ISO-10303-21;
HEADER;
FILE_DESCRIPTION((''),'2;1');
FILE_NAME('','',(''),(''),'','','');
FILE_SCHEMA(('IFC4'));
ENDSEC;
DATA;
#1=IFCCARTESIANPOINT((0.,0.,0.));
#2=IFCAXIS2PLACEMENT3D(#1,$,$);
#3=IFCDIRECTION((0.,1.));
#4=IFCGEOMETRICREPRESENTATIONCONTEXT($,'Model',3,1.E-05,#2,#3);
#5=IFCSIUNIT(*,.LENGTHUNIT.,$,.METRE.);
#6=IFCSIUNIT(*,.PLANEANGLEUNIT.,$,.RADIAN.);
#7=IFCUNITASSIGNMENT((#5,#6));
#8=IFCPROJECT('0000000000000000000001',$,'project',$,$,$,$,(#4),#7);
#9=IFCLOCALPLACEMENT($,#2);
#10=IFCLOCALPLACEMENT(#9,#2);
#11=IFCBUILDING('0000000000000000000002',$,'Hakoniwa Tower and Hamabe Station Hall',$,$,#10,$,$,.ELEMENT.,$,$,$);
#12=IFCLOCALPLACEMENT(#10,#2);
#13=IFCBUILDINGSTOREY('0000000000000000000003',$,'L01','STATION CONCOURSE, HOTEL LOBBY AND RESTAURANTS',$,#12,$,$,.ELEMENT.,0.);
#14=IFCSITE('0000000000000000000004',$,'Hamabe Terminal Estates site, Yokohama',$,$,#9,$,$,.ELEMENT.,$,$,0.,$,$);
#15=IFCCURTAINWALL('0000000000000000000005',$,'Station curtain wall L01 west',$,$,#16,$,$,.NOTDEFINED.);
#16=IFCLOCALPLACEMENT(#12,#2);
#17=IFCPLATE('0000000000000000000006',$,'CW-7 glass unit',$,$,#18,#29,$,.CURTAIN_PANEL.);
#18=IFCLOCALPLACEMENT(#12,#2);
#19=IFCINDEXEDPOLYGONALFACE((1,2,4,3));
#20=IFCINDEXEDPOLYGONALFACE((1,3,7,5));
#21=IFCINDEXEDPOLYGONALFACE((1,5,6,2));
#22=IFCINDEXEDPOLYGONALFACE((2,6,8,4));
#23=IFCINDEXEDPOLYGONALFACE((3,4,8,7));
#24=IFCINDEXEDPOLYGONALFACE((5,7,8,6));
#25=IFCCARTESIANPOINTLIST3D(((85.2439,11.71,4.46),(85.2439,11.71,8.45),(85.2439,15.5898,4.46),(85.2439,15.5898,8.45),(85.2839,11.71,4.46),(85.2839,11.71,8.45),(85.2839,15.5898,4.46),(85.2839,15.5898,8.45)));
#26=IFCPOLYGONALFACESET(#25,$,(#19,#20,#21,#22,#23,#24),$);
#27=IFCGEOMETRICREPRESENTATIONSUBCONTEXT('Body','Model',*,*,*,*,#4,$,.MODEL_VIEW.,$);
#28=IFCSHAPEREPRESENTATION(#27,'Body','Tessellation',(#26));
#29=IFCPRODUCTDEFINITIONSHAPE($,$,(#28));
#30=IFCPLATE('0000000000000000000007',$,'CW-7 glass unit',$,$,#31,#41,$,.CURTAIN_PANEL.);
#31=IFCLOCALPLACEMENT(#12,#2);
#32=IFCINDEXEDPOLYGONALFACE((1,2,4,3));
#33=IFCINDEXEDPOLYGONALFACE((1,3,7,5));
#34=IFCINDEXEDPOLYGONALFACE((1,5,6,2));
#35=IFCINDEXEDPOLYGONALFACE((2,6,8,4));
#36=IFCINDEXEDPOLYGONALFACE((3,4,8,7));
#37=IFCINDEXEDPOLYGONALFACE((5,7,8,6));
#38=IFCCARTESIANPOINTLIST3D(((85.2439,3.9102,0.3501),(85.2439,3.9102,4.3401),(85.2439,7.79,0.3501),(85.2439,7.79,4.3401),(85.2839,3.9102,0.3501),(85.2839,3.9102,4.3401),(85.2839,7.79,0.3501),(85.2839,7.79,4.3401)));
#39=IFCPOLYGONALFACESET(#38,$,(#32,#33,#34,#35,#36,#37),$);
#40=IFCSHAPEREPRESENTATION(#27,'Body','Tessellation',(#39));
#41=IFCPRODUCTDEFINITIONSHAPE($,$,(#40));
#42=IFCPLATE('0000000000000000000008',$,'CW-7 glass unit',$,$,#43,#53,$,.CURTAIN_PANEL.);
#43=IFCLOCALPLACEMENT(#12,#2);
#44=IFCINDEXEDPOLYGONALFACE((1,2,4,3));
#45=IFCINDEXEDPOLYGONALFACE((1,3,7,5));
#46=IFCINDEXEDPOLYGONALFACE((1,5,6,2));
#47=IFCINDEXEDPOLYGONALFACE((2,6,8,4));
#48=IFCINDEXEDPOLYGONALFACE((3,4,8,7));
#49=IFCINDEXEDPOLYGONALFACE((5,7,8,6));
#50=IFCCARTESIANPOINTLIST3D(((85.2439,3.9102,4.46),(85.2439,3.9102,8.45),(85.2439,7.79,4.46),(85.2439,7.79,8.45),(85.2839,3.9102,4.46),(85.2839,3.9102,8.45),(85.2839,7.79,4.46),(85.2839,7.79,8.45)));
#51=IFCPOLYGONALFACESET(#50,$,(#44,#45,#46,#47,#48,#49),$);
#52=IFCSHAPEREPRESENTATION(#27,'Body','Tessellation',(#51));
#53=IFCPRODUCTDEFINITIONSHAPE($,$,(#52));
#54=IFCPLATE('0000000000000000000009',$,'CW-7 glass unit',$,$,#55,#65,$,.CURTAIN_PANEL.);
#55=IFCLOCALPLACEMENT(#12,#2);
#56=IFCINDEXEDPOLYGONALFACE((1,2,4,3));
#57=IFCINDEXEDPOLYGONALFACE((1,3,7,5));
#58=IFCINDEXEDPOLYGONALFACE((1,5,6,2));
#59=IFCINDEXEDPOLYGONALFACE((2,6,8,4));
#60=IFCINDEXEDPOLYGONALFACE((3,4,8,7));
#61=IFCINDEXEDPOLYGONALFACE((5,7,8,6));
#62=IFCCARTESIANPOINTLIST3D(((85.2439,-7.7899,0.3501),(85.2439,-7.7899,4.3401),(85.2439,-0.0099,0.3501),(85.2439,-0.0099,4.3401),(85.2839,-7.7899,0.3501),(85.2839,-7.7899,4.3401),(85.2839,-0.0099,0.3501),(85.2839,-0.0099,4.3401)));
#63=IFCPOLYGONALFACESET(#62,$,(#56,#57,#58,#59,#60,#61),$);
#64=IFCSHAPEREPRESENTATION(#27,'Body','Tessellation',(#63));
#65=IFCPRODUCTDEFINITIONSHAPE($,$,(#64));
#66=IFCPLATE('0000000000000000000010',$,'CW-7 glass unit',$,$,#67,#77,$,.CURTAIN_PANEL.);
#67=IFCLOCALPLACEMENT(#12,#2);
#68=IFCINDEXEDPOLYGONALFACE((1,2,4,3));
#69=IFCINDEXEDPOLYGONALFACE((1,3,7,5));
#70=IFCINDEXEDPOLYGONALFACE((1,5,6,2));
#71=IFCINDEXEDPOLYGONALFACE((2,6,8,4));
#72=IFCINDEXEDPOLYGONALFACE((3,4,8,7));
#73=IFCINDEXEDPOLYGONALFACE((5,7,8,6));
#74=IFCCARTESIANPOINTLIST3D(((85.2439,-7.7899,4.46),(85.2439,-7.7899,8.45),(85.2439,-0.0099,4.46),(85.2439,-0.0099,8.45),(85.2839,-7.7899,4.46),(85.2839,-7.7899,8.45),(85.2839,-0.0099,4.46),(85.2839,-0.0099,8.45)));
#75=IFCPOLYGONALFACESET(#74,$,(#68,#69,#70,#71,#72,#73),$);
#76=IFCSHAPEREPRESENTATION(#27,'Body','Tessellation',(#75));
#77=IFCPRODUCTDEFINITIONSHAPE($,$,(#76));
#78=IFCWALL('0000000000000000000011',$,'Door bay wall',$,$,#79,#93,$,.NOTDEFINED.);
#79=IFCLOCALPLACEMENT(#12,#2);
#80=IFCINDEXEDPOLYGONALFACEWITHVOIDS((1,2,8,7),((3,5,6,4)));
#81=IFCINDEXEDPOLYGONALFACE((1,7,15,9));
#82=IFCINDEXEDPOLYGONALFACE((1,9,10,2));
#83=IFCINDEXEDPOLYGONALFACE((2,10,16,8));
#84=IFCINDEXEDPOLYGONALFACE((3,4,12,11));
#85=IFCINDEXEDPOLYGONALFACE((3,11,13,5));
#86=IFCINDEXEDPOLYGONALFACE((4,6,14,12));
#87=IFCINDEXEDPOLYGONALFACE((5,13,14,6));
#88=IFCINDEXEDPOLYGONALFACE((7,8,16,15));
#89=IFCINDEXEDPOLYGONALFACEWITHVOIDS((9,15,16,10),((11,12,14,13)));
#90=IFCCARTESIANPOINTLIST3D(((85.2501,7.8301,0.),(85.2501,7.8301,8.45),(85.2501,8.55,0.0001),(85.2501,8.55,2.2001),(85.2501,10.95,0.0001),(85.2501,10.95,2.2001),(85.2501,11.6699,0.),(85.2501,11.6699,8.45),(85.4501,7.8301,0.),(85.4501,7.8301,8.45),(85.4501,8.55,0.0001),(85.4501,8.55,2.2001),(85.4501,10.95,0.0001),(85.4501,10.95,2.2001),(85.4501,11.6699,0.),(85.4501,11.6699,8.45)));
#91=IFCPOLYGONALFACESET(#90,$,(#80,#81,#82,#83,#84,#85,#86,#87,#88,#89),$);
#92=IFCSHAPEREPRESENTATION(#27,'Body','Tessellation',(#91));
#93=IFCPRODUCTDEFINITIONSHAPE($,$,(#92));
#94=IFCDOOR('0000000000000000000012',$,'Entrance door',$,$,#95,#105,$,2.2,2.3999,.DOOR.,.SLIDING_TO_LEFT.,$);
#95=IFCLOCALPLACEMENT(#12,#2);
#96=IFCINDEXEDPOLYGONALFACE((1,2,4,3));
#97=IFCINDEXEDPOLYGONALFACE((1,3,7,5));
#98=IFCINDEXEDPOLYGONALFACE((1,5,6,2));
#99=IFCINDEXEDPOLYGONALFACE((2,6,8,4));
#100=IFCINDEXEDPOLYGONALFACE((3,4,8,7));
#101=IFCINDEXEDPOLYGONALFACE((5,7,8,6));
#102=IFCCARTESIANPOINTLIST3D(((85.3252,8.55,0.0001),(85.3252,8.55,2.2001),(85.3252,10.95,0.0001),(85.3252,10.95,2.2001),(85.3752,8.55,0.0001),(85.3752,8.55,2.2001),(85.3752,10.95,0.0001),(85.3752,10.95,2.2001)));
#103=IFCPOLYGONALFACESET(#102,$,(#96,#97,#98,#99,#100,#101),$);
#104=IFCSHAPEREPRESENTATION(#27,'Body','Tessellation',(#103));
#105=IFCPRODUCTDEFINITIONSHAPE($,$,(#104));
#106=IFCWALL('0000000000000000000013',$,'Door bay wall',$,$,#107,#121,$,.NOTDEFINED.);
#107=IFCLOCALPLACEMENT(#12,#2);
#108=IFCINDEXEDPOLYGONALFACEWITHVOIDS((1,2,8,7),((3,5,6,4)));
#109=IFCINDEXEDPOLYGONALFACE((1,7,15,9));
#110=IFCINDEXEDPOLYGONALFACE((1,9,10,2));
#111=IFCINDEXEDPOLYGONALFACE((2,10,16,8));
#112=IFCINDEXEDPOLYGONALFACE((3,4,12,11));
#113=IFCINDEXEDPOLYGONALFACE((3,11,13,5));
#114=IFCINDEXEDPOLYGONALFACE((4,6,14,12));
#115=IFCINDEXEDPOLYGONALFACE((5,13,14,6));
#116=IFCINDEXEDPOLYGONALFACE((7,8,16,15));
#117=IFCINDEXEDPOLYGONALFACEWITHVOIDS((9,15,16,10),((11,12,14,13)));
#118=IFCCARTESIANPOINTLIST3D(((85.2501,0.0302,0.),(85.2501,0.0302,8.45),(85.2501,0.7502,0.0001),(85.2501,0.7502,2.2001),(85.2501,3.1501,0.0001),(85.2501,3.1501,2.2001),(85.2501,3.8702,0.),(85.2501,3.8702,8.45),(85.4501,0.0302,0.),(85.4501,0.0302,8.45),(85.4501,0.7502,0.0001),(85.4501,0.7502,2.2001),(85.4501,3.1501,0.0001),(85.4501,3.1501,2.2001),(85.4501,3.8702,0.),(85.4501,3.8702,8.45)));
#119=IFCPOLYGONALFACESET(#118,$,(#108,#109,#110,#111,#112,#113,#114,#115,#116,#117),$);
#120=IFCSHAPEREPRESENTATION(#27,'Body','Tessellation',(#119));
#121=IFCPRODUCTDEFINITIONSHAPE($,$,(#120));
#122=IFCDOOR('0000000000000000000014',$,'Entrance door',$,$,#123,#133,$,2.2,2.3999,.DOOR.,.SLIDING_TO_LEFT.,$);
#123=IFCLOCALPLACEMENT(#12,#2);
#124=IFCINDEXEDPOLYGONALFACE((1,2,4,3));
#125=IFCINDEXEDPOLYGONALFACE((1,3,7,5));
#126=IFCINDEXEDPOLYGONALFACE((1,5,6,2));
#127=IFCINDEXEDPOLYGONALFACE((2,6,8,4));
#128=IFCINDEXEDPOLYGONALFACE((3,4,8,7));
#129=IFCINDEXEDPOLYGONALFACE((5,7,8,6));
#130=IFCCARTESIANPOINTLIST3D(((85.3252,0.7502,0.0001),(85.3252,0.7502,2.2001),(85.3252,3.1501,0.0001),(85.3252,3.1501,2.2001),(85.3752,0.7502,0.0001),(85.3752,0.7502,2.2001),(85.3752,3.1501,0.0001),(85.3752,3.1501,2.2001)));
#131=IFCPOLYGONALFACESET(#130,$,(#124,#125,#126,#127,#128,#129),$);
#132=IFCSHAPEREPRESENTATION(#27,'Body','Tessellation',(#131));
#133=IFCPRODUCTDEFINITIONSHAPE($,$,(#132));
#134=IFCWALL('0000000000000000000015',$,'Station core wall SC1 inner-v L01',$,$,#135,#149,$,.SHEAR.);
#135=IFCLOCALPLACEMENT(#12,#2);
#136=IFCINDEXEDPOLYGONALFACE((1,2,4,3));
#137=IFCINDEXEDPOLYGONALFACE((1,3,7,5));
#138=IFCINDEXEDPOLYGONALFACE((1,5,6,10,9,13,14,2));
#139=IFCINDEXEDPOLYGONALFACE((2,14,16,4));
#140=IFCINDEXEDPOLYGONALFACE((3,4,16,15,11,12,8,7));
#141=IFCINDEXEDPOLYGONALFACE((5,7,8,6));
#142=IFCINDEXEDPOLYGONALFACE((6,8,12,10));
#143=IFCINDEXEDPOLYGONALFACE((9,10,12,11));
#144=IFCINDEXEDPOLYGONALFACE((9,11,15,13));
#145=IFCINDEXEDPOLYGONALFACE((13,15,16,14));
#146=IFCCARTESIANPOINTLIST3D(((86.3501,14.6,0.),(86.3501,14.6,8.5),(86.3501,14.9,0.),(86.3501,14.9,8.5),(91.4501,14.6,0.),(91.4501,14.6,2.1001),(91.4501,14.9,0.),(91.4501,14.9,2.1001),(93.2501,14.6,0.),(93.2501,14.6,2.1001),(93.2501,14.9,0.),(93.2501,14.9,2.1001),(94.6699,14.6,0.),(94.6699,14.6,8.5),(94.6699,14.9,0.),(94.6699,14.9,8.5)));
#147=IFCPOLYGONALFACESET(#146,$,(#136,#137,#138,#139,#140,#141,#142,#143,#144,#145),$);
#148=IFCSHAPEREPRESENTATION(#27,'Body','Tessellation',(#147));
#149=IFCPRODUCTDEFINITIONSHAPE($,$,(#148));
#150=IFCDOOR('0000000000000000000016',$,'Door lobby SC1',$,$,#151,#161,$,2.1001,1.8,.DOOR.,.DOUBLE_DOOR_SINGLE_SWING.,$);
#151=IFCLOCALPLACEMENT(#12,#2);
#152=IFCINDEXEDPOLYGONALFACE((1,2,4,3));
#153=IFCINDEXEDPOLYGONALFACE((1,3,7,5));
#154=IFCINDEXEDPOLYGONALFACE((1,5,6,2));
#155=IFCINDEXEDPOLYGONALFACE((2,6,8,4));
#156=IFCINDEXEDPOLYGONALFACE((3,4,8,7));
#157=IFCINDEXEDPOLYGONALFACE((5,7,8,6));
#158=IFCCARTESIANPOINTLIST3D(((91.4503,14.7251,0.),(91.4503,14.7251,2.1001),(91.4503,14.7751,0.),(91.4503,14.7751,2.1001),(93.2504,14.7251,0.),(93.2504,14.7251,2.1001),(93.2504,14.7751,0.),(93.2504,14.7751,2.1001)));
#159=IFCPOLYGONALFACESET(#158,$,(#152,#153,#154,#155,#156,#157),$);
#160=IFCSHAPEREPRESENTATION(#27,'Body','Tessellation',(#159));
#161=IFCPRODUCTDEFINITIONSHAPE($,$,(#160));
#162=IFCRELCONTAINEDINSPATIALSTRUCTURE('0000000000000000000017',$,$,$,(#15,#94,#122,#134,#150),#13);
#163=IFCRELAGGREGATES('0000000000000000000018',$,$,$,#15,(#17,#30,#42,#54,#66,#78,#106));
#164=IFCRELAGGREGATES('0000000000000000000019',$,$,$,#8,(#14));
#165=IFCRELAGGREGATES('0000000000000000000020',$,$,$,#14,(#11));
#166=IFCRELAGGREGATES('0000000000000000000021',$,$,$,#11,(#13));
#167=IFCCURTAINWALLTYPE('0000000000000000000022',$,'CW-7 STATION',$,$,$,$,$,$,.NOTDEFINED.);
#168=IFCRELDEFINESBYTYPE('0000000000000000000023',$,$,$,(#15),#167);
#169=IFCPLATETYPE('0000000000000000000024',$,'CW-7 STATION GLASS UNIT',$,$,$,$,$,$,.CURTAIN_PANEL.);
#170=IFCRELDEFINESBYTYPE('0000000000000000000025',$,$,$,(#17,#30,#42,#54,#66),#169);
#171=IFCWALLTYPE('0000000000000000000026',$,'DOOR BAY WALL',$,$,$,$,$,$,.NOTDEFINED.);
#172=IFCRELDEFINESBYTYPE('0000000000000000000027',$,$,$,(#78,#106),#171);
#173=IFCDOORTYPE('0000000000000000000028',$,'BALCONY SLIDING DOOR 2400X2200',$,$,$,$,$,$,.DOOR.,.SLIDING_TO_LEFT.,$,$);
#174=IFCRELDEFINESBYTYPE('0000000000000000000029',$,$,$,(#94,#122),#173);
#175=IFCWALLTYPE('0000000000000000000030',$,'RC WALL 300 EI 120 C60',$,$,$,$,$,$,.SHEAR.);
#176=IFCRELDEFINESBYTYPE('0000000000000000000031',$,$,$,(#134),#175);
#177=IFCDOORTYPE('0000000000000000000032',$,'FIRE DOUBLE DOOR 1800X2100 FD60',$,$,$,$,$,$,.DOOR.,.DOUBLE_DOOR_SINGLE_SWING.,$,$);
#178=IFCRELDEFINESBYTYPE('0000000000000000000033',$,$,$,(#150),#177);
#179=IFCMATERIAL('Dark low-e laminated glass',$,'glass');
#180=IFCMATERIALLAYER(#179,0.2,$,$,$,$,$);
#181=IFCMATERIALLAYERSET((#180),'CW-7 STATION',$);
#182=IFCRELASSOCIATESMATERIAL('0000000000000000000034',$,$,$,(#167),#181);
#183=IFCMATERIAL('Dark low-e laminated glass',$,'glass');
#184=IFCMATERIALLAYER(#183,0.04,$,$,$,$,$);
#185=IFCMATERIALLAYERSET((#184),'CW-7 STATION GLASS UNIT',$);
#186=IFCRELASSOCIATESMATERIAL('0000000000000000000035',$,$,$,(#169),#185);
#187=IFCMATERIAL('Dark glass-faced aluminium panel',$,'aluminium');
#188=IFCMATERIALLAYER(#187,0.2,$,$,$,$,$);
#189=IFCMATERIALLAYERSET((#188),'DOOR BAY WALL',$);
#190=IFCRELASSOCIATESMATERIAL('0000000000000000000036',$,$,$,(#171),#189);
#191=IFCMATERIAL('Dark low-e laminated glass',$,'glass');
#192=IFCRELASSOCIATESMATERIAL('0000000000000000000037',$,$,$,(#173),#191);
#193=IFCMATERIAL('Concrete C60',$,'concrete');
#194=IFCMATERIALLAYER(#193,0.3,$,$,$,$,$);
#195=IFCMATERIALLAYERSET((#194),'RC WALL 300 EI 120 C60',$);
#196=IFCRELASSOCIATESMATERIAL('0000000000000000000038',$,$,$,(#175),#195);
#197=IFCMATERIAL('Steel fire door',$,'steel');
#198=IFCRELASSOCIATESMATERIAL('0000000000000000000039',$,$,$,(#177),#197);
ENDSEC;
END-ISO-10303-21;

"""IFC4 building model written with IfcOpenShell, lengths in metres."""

from ifc_helpers import new_model, si_unit, direction, frame, frame_2d, origin, origin_2d, place, context, subcontext, project, spatial, rectangle, extrude, material, layer, layer_set, type_object, element, fill, aggregate, save


model = new_model("IFC4")

# Units and contexts
model_context = context("Model", 3, precision=1e-05, world=origin(), true_north=direction((0.0, 1.0)))
body_context = subcontext(model_context, "Body", "Model", "MODEL_VIEW")
ifc_project = project(units=[si_unit("LENGTHUNIT", "METRE"), si_unit("PLANEANGLEUNIT", "RADIAN")], contexts=[model_context])

# Site, building, storey
site_placement = place(None, origin())
site = spatial("IfcSite", under=ifc_project, at=site_placement, Name="Hamabe Terminal Estates site, Yokohama", CompositionType="ELEMENT", RefElevation=0.0)
building_placement = place(site_placement, origin())
building = spatial("IfcBuilding", under=site, at=building_placement, Name="Hakoniwa Tower and Hamabe Station Hall", CompositionType="ELEMENT")
storey_placement = place(building_placement, origin())
storey = spatial("IfcBuildingStorey", under=building, at=storey_placement, Name="L01", Description="STATION CONCOURSE, HOTEL LOBBY AND RESTAURANTS", CompositionType="ELEMENT", Elevation=0.0)

# Curtain wall, plates, walls, openings, doors
ifc_material_1 = material(Name="Dark low-e laminated glass", Category="glass")
ifc_layer_1 = layer(ifc_material_1, 0.2)
ifc_layer_set_1 = layer_set([ifc_layer_1], Name="CW-7 STATION")
curtain_wall_type = type_object("IfcCurtainWallType", Name="CW-7 STATION", PredefinedType="NOTDEFINED", material=ifc_layer_set_1)
curtain_wall_placement = place(storey_placement, origin())
curtain_wall = element("IfcCurtainWall", 1, at=curtain_wall_placement, inside=storey, type_object=curtain_wall_type, Name="Station curtain wall L01 west", PredefinedType="NOTDEFINED")
ifc_material_2 = material(Name="Dark low-e laminated glass", Category="glass")
ifc_layer_2 = layer(ifc_material_2, 0.04)
ifc_layer_set_2 = layer_set([ifc_layer_2], Name="CW-7 STATION GLASS UNIT")
plate_type = type_object("IfcPlateType", Name="CW-7 STATION GLASS UNIT", PredefinedType="CURTAIN_PANEL", material=ifc_layer_set_2)
plate_1_placement = place(storey_placement, frame((85.2639, 13.6499, 4.46), z_axis=(0.0, 0.0, 1.0), x_axis=(0.0, -1.0, 0.0)))
plate_1 = element("IfcPlate", 2, at=plate_1_placement, type_object=plate_type, Name="CW-7 glass unit", PredefinedType="CURTAIN_PANEL", context=body_context, shape_type="SweptSolid", body=[
    extrude(rectangle(XDim=3.8799, YDim=0.04, at=origin_2d()), origin(), (0.0, 0.0, 1.0), 3.99),
])
plate_2_placement = place(storey_placement, frame((85.2639, 5.8501, 0.3501), z_axis=(0.0, 0.0, 1.0), x_axis=(0.0, -1.0, 0.0)))
plate_2 = element("IfcPlate", 3, at=plate_2_placement, type_object=plate_type, Name="CW-7 glass unit", PredefinedType="CURTAIN_PANEL", context=body_context, shape_type="SweptSolid", body=[
    extrude(rectangle(XDim=3.8799, YDim=0.04, at=origin_2d()), origin(), (0.0, 0.0, 1.0), 3.99),
])
plate_3_placement = place(storey_placement, frame((85.2639, 5.8501, 4.46), z_axis=(0.0, 0.0, 1.0), x_axis=(0.0, -1.0, 0.0)))
plate_3 = element("IfcPlate", 4, at=plate_3_placement, type_object=plate_type, Name="CW-7 glass unit", PredefinedType="CURTAIN_PANEL", context=body_context, shape_type="SweptSolid", body=[
    extrude(rectangle(XDim=3.8799, YDim=0.04, at=origin_2d()), origin(), (0.0, 0.0, 1.0), 3.99),
])
plate_4_placement = place(storey_placement, frame((85.2639, -3.8999, 0.3501), z_axis=(0.0, 0.0, 1.0), x_axis=(0.0, -1.0, 0.0)))
plate_4 = element("IfcPlate", 5, at=plate_4_placement, type_object=plate_type, Name="CW-7 glass unit", PredefinedType="CURTAIN_PANEL", context=body_context, shape_type="SweptSolid", body=[
    extrude(rectangle(XDim=7.78, YDim=0.04, at=origin_2d()), origin(), (0.0, 0.0, 1.0), 3.99),
])
plate_5_placement = place(storey_placement, frame((85.2639, -3.8999, 4.46), z_axis=(0.0, 0.0, 1.0), x_axis=(0.0, -1.0, 0.0)))
plate_5 = element("IfcPlate", 6, at=plate_5_placement, type_object=plate_type, Name="CW-7 glass unit", PredefinedType="CURTAIN_PANEL", context=body_context, shape_type="SweptSolid", body=[
    extrude(rectangle(XDim=7.78, YDim=0.04, at=origin_2d()), origin(), (0.0, 0.0, 1.0), 3.99),
])
ifc_material_3 = material(Name="Dark glass-faced aluminium panel", Category="aluminium")
ifc_layer_3 = layer(ifc_material_3, 0.2)
ifc_layer_set_3 = layer_set([ifc_layer_3], Name="DOOR BAY WALL")
wall_type_1 = type_object("IfcWallType", Name="DOOR BAY WALL", PredefinedType="NOTDEFINED", material=ifc_layer_set_3)
wall_1_placement = place(storey_placement, frame((85.3501, 11.6699, 0.0), z_axis=(0.0, 0.0, 1.0), x_axis=(0.0, -1.0, 0.0)))
wall_1 = element("IfcWall", 7, at=wall_1_placement, type_object=wall_type_1, Name="Door bay wall", PredefinedType="NOTDEFINED", context=body_context, shape_type="SweptSolid", body=[
    extrude(rectangle(XDim=3.8398, YDim=0.2, at=frame_2d((1.9199, 0.0))), origin(), (0.0, 0.0, 1.0), 8.45),
])
opening_1_placement = place(wall_1_placement, frame((0.72, 0.0, 0.0)))
opening_1 = element("IfcOpeningElement", 8, at=opening_1_placement, cuts=wall_1, PredefinedType="OPENING", context=body_context, shape_type="SweptSolid", body=[
    extrude(rectangle(XDim=2.3999, YDim=2.2, at=frame_2d((1.2, 1.1001))), frame((0.0, 0.1099, 0.0), z_axis=(0.0, -1.0, 0.0), x_axis=(1.0, 0.0, 0.0)), (0.0, 0.0, 1.0), 0.22),
])
ifc_material_4 = material(Name="Dark low-e laminated glass", Category="glass")
door_type_1 = type_object("IfcDoorType", Name="BALCONY SLIDING DOOR 2400X2200", OperationType="SLIDING_TO_LEFT", PredefinedType="DOOR", material=ifc_material_4)
door_1_placement = place(opening_1_placement, frame((2.3999, 0.0, 0.0), z_axis=(0.0, 0.0, 1.0), x_axis=(-1.0, 0.0, 0.0)))
door_1 = element("IfcDoor", 9, at=door_1_placement, inside=storey, type_object=door_type_1, Name="Entrance door", OperationType="SLIDING_TO_LEFT", OverallHeight=2.2, OverallWidth=2.3999, PredefinedType="DOOR", context=body_context, shape_type="SweptSolid", body=[
    extrude(rectangle(XDim=2.3999, YDim=2.2, at=frame_2d((1.2, 1.1001))), frame((0.0, 0.0249, 0.0), z_axis=(0.0, -1.0, 0.0), x_axis=(1.0, 0.0, 0.0)), (0.0, 0.0, 1.0), 0.05),
])
fill(opening_1, door_1)
wall_2_placement = place(storey_placement, frame((85.3501, 3.8701, 0.0), z_axis=(0.0, 0.0, 1.0), x_axis=(0.0, -1.0, 0.0)))
wall_2 = element("IfcWall", 10, at=wall_2_placement, type_object=wall_type_1, Name="Door bay wall", PredefinedType="NOTDEFINED", context=body_context, shape_type="SweptSolid", body=[
    extrude(rectangle(XDim=3.8401, YDim=0.2, at=frame_2d((1.9199, 0.0))), origin(), (0.0, 0.0, 1.0), 8.45),
])
opening_2_placement = place(wall_2_placement, frame((0.72, 0.0, 0.0)))
opening_2 = element("IfcOpeningElement", 11, at=opening_2_placement, cuts=wall_2, PredefinedType="OPENING", context=body_context, shape_type="SweptSolid", body=[
    extrude(rectangle(XDim=2.3999, YDim=2.2, at=frame_2d((1.2, 1.1001))), frame((0.0, 0.1099, 0.0), z_axis=(0.0, -1.0, 0.0), x_axis=(1.0, 0.0, 0.0)), (0.0, 0.0, 1.0), 0.22),
])
door_2_placement = place(opening_2_placement, frame((2.3999, 0.0, 0.0), z_axis=(0.0, 0.0, 1.0), x_axis=(-1.0, 0.0, 0.0)))
door_2 = element("IfcDoor", 12, at=door_2_placement, inside=storey, type_object=door_type_1, Name="Entrance door", OperationType="SLIDING_TO_LEFT", OverallHeight=2.2, OverallWidth=2.3999, PredefinedType="DOOR", context=body_context, shape_type="SweptSolid", body=[
    extrude(rectangle(XDim=2.3999, YDim=2.2, at=frame_2d((1.2, 1.1001))), frame((0.0, 0.0249, 0.0), z_axis=(0.0, -1.0, 0.0), x_axis=(1.0, 0.0, 0.0)), (0.0, 0.0, 1.0), 0.05),
])
fill(opening_2, door_2)
aggregate(curtain_wall, [plate_1, plate_2, plate_3, plate_4, plate_5, wall_1, wall_2])

# Wall, opening, door
ifc_material_5 = material(Name="Concrete C60", Category="concrete")
ifc_layer_4 = layer(ifc_material_5, 0.3)
ifc_layer_set_4 = layer_set([ifc_layer_4], Name="RC WALL 300 EI 120 C60")
wall_type_2 = type_object("IfcWallType", Name="RC WALL 300 EI 120 C60", PredefinedType="SHEAR", material=ifc_layer_set_4)
wall_3_placement = place(storey_placement, frame((86.3501, 14.75, 0.0), z_axis=(0.0, 0.0, 1.0), x_axis=(1.0, 0.0, 0.0)))
wall_3 = element("IfcWall", 13, at=wall_3_placement, inside=storey, type_object=wall_type_2, Name="Station core wall SC1 inner-v L01", PredefinedType="SHEAR", context=body_context, shape_type="SweptSolid", body=[
    extrude(rectangle(XDim=8.3198, YDim=0.3, at=frame_2d((4.1599, 0.0))), origin(), (0.0, 0.0, 1.0), 8.5),
])
opening_3_placement = place(wall_3_placement, frame((5.1001, 0.0, 0.0)))
opening_3 = element("IfcOpeningElement", 14, at=opening_3_placement, cuts=wall_3, PredefinedType="OPENING", context=body_context, shape_type="SweptSolid", body=[
    extrude(rectangle(XDim=1.8, YDim=2.1001, at=frame_2d((0.8999, 1.05))), frame((0.0, 0.1599, 0.0), z_axis=(0.0, -1.0, 0.0), x_axis=(1.0, 0.0, 0.0)), (0.0, 0.0, 1.0), 0.3201),
])
ifc_material_6 = material(Name="Steel fire door", Category="steel")
door_type_2 = type_object("IfcDoorType", Name="FIRE DOUBLE DOOR 1800X2100 FD60", OperationType="DOUBLE_DOOR_SINGLE_SWING", PredefinedType="DOOR", material=ifc_material_6)
door_3_placement = place(opening_3_placement, frame((1.8, 0.0, 0.0), z_axis=(0.0, 0.0, 1.0), x_axis=(-1.0, 0.0, 0.0)))
door_3 = element("IfcDoor", 15, at=door_3_placement, inside=storey, type_object=door_type_2, Name="Door lobby SC1", OperationType="DOUBLE_DOOR_SINGLE_SWING", OverallHeight=2.1001, OverallWidth=1.8, PredefinedType="DOOR", context=body_context, shape_type="SweptSolid", body=[
    extrude(rectangle(XDim=1.8, YDim=2.1001, at=frame_2d((0.8999, 1.05))), frame((0.0, 0.0249, 0.0), z_axis=(0.0, -1.0, 0.0), x_axis=(1.0, 0.0, 0.0)), (0.0, 0.0, 1.0), 0.05),
])
fill(opening_3, door_3)

save(model, "model.ifc")
